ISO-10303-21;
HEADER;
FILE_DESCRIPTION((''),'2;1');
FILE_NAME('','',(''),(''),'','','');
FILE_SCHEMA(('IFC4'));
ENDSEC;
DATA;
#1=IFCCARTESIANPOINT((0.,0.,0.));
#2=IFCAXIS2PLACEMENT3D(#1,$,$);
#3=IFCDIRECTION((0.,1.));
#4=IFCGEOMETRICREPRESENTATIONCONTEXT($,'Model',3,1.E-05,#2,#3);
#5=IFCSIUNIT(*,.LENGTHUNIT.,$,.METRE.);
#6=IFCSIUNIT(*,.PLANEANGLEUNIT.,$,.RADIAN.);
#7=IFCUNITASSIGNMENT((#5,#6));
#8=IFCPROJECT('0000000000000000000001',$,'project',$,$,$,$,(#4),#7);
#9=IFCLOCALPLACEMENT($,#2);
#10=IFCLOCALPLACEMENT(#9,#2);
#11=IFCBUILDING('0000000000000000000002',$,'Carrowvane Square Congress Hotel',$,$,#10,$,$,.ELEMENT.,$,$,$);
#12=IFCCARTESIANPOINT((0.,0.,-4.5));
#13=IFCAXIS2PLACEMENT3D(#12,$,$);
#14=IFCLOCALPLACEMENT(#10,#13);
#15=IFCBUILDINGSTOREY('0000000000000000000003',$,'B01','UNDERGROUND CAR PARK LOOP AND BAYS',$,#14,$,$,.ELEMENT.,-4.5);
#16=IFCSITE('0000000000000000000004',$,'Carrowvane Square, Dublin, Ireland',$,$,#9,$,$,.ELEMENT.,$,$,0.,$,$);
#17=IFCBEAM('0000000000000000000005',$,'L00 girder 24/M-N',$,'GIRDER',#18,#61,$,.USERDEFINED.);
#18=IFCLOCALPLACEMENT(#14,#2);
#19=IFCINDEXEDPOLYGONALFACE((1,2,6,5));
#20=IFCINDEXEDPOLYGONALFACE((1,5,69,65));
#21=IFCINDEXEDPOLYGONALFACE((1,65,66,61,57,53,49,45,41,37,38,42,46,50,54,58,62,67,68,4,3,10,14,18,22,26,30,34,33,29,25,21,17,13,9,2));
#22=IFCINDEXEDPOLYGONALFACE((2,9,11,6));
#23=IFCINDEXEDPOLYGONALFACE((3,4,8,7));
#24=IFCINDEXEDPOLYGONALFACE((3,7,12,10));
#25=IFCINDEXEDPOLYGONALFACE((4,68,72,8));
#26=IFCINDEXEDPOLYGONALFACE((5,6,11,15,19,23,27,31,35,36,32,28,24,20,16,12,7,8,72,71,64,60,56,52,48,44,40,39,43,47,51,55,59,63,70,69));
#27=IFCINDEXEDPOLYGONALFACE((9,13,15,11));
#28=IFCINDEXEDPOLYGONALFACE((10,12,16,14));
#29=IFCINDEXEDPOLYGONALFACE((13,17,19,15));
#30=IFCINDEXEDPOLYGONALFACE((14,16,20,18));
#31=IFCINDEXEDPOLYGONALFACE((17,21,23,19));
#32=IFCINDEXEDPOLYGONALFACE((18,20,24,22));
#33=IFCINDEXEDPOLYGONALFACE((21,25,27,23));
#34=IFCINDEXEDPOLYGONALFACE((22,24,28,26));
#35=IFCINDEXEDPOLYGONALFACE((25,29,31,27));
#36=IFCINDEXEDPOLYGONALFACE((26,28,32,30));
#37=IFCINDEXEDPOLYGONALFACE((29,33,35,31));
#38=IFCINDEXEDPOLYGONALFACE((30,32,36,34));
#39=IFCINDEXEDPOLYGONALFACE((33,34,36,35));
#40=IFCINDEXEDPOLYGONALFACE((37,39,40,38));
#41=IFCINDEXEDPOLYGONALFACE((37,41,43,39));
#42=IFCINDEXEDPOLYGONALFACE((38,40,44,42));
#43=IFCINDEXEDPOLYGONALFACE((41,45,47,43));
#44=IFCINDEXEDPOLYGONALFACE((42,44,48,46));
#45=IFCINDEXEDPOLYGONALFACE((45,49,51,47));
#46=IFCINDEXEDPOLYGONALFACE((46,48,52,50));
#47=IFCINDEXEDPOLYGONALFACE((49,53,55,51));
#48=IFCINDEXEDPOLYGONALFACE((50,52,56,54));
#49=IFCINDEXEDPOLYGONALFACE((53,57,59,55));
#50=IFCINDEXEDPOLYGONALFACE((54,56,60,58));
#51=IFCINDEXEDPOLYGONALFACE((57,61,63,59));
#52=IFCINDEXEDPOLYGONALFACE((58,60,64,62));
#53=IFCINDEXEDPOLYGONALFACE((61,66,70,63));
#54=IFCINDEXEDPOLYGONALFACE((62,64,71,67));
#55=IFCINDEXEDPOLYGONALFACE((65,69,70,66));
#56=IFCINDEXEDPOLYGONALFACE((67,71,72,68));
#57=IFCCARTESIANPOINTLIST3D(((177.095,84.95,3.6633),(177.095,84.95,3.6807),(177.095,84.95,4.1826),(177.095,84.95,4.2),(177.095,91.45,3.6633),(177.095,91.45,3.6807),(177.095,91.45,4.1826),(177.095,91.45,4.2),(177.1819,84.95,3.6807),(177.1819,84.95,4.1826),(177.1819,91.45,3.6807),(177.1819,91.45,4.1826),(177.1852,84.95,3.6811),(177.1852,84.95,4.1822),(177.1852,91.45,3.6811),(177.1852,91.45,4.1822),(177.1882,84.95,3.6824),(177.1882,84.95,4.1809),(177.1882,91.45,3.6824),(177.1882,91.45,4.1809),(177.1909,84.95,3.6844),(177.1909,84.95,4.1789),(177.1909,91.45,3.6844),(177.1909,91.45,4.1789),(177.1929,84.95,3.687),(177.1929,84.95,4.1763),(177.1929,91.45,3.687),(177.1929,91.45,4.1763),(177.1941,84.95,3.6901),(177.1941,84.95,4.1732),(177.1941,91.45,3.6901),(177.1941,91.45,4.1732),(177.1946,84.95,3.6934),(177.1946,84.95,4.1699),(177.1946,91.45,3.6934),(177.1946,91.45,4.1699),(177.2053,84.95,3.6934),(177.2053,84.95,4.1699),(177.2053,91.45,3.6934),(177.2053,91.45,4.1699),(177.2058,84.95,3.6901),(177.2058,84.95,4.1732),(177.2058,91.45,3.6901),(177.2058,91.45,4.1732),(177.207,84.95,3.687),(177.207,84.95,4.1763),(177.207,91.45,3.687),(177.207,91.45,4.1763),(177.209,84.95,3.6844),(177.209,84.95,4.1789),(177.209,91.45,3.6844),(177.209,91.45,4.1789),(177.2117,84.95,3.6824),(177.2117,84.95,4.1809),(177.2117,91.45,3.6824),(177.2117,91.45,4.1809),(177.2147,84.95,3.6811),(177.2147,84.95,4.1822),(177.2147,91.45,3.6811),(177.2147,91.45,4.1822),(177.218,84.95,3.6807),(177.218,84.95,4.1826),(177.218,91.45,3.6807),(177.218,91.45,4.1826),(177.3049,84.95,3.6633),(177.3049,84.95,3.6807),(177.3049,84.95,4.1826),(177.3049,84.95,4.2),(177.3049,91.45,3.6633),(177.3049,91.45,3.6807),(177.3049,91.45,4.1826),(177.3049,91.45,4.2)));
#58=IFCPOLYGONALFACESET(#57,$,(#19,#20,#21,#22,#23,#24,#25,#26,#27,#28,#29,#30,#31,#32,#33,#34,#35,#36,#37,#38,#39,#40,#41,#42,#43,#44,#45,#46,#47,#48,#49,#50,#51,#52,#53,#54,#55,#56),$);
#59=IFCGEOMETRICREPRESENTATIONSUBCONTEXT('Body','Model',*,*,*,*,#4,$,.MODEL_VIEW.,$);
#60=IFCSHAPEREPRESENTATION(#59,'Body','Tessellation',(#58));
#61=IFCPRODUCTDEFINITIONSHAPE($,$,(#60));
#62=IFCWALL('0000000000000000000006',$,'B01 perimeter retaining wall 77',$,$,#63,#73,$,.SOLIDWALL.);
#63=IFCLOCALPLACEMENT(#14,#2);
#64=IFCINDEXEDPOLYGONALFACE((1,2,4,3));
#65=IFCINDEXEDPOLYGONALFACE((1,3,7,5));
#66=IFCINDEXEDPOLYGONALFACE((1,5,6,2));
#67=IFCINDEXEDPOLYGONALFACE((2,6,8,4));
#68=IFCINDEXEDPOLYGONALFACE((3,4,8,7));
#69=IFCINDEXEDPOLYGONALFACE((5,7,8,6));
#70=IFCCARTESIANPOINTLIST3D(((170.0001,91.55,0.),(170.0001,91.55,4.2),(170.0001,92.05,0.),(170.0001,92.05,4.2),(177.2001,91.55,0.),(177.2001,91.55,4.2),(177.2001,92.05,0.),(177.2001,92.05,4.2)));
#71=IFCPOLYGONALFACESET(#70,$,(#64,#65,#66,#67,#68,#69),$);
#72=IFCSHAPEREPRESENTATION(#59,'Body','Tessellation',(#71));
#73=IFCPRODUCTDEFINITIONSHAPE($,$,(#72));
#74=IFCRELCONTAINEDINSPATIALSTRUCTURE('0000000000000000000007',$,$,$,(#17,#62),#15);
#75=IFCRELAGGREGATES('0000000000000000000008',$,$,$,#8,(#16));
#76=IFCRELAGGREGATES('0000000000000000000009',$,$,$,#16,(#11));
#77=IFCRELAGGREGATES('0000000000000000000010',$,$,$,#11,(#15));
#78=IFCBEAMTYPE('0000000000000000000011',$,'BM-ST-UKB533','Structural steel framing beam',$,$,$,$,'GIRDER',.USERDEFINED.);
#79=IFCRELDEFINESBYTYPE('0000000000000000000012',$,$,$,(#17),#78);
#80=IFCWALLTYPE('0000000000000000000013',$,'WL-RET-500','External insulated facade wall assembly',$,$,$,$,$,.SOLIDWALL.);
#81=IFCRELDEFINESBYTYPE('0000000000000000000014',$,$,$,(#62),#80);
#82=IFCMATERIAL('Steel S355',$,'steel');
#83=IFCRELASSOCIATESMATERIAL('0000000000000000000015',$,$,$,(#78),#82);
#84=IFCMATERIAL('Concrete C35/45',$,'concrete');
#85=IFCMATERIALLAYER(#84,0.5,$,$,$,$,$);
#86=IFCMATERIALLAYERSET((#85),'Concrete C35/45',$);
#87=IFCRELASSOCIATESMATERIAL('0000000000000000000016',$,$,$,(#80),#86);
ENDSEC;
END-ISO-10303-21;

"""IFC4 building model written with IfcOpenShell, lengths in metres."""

from ifc_helpers import new_model, si_unit, direction, frame, frame_2d, origin, origin_2d, place, context, subcontext, project, spatial, rectangle, i_section, extrude, material, layer, layer_set, material_profile, profile_set, type_object, element, save


model = new_model("IFC4")

# Units and contexts
model_context = context("Model", 3, precision=1e-05, world=origin(), true_north=direction((0.0, 1.0)))
body_context = subcontext(model_context, "Body", "Model", "MODEL_VIEW")
ifc_project = project(units=[si_unit("LENGTHUNIT", "METRE"), si_unit("PLANEANGLEUNIT", "RADIAN")], contexts=[model_context])

# Site, building, storey
site_placement = place(None, origin())
site = spatial("IfcSite", under=ifc_project, at=site_placement, Name="Carrowvane Square, Dublin, Ireland", CompositionType="ELEMENT", RefElevation=0.0)
building_placement = place(site_placement, origin())
building = spatial("IfcBuilding", under=site, at=building_placement, Name="Carrowvane Square Congress Hotel", CompositionType="ELEMENT")
storey_placement = place(building_placement, frame((0.0, 0.0, -4.5)))
storey = spatial("IfcBuildingStorey", under=building, at=storey_placement, Name="B01", Description="UNDERGROUND CAR PARK LOOP AND BAYS", CompositionType="ELEMENT", Elevation=-4.5)

# Beam
ifc_material_1 = material(Name="Steel S355", Category="steel")
ifc_material_profile_1 = material_profile(ifc_material_1, i_section(OverallWidth=0.21, OverallDepth=0.5366, WebThickness=0.0107, FlangeThickness=0.0173, FilletRadius=0.0127, at=origin_2d()), Name="UKB 533x210x101")
ifc_profile_set_1 = profile_set([ifc_material_profile_1], Name="Steel S355")
beam_type_1 = type_object("IfcBeamType", Name="BM-ST-UKB533", Description="Structural steel framing beam", ElementType="GIRDER", PredefinedType="USERDEFINED", material=ifc_profile_set_1)
beam_1_placement = place(storey_placement, frame((177.2, 84.95, 3.9316), z_axis=(0.0, 1.0, 0.0), x_axis=(-1.0, 0.0, 0.0)))
element("IfcBeam", 1, at=beam_1_placement, inside=storey, type_object=beam_type_1, Name="L00 girder 24/M-N", ObjectType="GIRDER", PredefinedType="USERDEFINED", context=body_context, shape_type="SweptSolid", body=[
    extrude(i_section(OverallWidth=0.21, OverallDepth=0.5366, WebThickness=0.0107, FlangeThickness=0.0173, FilletRadius=0.0127, at=origin_2d()), origin(), (0.0, 0.0, 1.0), 6.5),
])

# Wall
ifc_material_2 = material(Name="Concrete C35/45", Category="concrete")
ifc_layer = layer(ifc_material_2, 0.5)
ifc_layer_set = layer_set([ifc_layer], Name="Concrete C35/45")
wall_type = type_object("IfcWallType", Name="WL-RET-500", Description="External insulated facade wall assembly", PredefinedType="SOLIDWALL", material=ifc_layer_set)
wall_placement = place(storey_placement, frame((170.0, 91.8, 0.0), z_axis=(0.0, 0.0, 1.0), x_axis=(1.0, 0.0, 0.0)))
element("IfcWall", 2, at=wall_placement, inside=storey, type_object=wall_type, Name="B01 perimeter retaining wall 77", PredefinedType="SOLIDWALL", context=body_context, shape_type="SweptSolid", body=[
    extrude(rectangle(XDim=7.2, YDim=0.5, at=frame_2d((3.6001, 0.0))), origin(), (0.0, 0.0, 1.0), 4.2),
])

save(model, "model.ifc")
